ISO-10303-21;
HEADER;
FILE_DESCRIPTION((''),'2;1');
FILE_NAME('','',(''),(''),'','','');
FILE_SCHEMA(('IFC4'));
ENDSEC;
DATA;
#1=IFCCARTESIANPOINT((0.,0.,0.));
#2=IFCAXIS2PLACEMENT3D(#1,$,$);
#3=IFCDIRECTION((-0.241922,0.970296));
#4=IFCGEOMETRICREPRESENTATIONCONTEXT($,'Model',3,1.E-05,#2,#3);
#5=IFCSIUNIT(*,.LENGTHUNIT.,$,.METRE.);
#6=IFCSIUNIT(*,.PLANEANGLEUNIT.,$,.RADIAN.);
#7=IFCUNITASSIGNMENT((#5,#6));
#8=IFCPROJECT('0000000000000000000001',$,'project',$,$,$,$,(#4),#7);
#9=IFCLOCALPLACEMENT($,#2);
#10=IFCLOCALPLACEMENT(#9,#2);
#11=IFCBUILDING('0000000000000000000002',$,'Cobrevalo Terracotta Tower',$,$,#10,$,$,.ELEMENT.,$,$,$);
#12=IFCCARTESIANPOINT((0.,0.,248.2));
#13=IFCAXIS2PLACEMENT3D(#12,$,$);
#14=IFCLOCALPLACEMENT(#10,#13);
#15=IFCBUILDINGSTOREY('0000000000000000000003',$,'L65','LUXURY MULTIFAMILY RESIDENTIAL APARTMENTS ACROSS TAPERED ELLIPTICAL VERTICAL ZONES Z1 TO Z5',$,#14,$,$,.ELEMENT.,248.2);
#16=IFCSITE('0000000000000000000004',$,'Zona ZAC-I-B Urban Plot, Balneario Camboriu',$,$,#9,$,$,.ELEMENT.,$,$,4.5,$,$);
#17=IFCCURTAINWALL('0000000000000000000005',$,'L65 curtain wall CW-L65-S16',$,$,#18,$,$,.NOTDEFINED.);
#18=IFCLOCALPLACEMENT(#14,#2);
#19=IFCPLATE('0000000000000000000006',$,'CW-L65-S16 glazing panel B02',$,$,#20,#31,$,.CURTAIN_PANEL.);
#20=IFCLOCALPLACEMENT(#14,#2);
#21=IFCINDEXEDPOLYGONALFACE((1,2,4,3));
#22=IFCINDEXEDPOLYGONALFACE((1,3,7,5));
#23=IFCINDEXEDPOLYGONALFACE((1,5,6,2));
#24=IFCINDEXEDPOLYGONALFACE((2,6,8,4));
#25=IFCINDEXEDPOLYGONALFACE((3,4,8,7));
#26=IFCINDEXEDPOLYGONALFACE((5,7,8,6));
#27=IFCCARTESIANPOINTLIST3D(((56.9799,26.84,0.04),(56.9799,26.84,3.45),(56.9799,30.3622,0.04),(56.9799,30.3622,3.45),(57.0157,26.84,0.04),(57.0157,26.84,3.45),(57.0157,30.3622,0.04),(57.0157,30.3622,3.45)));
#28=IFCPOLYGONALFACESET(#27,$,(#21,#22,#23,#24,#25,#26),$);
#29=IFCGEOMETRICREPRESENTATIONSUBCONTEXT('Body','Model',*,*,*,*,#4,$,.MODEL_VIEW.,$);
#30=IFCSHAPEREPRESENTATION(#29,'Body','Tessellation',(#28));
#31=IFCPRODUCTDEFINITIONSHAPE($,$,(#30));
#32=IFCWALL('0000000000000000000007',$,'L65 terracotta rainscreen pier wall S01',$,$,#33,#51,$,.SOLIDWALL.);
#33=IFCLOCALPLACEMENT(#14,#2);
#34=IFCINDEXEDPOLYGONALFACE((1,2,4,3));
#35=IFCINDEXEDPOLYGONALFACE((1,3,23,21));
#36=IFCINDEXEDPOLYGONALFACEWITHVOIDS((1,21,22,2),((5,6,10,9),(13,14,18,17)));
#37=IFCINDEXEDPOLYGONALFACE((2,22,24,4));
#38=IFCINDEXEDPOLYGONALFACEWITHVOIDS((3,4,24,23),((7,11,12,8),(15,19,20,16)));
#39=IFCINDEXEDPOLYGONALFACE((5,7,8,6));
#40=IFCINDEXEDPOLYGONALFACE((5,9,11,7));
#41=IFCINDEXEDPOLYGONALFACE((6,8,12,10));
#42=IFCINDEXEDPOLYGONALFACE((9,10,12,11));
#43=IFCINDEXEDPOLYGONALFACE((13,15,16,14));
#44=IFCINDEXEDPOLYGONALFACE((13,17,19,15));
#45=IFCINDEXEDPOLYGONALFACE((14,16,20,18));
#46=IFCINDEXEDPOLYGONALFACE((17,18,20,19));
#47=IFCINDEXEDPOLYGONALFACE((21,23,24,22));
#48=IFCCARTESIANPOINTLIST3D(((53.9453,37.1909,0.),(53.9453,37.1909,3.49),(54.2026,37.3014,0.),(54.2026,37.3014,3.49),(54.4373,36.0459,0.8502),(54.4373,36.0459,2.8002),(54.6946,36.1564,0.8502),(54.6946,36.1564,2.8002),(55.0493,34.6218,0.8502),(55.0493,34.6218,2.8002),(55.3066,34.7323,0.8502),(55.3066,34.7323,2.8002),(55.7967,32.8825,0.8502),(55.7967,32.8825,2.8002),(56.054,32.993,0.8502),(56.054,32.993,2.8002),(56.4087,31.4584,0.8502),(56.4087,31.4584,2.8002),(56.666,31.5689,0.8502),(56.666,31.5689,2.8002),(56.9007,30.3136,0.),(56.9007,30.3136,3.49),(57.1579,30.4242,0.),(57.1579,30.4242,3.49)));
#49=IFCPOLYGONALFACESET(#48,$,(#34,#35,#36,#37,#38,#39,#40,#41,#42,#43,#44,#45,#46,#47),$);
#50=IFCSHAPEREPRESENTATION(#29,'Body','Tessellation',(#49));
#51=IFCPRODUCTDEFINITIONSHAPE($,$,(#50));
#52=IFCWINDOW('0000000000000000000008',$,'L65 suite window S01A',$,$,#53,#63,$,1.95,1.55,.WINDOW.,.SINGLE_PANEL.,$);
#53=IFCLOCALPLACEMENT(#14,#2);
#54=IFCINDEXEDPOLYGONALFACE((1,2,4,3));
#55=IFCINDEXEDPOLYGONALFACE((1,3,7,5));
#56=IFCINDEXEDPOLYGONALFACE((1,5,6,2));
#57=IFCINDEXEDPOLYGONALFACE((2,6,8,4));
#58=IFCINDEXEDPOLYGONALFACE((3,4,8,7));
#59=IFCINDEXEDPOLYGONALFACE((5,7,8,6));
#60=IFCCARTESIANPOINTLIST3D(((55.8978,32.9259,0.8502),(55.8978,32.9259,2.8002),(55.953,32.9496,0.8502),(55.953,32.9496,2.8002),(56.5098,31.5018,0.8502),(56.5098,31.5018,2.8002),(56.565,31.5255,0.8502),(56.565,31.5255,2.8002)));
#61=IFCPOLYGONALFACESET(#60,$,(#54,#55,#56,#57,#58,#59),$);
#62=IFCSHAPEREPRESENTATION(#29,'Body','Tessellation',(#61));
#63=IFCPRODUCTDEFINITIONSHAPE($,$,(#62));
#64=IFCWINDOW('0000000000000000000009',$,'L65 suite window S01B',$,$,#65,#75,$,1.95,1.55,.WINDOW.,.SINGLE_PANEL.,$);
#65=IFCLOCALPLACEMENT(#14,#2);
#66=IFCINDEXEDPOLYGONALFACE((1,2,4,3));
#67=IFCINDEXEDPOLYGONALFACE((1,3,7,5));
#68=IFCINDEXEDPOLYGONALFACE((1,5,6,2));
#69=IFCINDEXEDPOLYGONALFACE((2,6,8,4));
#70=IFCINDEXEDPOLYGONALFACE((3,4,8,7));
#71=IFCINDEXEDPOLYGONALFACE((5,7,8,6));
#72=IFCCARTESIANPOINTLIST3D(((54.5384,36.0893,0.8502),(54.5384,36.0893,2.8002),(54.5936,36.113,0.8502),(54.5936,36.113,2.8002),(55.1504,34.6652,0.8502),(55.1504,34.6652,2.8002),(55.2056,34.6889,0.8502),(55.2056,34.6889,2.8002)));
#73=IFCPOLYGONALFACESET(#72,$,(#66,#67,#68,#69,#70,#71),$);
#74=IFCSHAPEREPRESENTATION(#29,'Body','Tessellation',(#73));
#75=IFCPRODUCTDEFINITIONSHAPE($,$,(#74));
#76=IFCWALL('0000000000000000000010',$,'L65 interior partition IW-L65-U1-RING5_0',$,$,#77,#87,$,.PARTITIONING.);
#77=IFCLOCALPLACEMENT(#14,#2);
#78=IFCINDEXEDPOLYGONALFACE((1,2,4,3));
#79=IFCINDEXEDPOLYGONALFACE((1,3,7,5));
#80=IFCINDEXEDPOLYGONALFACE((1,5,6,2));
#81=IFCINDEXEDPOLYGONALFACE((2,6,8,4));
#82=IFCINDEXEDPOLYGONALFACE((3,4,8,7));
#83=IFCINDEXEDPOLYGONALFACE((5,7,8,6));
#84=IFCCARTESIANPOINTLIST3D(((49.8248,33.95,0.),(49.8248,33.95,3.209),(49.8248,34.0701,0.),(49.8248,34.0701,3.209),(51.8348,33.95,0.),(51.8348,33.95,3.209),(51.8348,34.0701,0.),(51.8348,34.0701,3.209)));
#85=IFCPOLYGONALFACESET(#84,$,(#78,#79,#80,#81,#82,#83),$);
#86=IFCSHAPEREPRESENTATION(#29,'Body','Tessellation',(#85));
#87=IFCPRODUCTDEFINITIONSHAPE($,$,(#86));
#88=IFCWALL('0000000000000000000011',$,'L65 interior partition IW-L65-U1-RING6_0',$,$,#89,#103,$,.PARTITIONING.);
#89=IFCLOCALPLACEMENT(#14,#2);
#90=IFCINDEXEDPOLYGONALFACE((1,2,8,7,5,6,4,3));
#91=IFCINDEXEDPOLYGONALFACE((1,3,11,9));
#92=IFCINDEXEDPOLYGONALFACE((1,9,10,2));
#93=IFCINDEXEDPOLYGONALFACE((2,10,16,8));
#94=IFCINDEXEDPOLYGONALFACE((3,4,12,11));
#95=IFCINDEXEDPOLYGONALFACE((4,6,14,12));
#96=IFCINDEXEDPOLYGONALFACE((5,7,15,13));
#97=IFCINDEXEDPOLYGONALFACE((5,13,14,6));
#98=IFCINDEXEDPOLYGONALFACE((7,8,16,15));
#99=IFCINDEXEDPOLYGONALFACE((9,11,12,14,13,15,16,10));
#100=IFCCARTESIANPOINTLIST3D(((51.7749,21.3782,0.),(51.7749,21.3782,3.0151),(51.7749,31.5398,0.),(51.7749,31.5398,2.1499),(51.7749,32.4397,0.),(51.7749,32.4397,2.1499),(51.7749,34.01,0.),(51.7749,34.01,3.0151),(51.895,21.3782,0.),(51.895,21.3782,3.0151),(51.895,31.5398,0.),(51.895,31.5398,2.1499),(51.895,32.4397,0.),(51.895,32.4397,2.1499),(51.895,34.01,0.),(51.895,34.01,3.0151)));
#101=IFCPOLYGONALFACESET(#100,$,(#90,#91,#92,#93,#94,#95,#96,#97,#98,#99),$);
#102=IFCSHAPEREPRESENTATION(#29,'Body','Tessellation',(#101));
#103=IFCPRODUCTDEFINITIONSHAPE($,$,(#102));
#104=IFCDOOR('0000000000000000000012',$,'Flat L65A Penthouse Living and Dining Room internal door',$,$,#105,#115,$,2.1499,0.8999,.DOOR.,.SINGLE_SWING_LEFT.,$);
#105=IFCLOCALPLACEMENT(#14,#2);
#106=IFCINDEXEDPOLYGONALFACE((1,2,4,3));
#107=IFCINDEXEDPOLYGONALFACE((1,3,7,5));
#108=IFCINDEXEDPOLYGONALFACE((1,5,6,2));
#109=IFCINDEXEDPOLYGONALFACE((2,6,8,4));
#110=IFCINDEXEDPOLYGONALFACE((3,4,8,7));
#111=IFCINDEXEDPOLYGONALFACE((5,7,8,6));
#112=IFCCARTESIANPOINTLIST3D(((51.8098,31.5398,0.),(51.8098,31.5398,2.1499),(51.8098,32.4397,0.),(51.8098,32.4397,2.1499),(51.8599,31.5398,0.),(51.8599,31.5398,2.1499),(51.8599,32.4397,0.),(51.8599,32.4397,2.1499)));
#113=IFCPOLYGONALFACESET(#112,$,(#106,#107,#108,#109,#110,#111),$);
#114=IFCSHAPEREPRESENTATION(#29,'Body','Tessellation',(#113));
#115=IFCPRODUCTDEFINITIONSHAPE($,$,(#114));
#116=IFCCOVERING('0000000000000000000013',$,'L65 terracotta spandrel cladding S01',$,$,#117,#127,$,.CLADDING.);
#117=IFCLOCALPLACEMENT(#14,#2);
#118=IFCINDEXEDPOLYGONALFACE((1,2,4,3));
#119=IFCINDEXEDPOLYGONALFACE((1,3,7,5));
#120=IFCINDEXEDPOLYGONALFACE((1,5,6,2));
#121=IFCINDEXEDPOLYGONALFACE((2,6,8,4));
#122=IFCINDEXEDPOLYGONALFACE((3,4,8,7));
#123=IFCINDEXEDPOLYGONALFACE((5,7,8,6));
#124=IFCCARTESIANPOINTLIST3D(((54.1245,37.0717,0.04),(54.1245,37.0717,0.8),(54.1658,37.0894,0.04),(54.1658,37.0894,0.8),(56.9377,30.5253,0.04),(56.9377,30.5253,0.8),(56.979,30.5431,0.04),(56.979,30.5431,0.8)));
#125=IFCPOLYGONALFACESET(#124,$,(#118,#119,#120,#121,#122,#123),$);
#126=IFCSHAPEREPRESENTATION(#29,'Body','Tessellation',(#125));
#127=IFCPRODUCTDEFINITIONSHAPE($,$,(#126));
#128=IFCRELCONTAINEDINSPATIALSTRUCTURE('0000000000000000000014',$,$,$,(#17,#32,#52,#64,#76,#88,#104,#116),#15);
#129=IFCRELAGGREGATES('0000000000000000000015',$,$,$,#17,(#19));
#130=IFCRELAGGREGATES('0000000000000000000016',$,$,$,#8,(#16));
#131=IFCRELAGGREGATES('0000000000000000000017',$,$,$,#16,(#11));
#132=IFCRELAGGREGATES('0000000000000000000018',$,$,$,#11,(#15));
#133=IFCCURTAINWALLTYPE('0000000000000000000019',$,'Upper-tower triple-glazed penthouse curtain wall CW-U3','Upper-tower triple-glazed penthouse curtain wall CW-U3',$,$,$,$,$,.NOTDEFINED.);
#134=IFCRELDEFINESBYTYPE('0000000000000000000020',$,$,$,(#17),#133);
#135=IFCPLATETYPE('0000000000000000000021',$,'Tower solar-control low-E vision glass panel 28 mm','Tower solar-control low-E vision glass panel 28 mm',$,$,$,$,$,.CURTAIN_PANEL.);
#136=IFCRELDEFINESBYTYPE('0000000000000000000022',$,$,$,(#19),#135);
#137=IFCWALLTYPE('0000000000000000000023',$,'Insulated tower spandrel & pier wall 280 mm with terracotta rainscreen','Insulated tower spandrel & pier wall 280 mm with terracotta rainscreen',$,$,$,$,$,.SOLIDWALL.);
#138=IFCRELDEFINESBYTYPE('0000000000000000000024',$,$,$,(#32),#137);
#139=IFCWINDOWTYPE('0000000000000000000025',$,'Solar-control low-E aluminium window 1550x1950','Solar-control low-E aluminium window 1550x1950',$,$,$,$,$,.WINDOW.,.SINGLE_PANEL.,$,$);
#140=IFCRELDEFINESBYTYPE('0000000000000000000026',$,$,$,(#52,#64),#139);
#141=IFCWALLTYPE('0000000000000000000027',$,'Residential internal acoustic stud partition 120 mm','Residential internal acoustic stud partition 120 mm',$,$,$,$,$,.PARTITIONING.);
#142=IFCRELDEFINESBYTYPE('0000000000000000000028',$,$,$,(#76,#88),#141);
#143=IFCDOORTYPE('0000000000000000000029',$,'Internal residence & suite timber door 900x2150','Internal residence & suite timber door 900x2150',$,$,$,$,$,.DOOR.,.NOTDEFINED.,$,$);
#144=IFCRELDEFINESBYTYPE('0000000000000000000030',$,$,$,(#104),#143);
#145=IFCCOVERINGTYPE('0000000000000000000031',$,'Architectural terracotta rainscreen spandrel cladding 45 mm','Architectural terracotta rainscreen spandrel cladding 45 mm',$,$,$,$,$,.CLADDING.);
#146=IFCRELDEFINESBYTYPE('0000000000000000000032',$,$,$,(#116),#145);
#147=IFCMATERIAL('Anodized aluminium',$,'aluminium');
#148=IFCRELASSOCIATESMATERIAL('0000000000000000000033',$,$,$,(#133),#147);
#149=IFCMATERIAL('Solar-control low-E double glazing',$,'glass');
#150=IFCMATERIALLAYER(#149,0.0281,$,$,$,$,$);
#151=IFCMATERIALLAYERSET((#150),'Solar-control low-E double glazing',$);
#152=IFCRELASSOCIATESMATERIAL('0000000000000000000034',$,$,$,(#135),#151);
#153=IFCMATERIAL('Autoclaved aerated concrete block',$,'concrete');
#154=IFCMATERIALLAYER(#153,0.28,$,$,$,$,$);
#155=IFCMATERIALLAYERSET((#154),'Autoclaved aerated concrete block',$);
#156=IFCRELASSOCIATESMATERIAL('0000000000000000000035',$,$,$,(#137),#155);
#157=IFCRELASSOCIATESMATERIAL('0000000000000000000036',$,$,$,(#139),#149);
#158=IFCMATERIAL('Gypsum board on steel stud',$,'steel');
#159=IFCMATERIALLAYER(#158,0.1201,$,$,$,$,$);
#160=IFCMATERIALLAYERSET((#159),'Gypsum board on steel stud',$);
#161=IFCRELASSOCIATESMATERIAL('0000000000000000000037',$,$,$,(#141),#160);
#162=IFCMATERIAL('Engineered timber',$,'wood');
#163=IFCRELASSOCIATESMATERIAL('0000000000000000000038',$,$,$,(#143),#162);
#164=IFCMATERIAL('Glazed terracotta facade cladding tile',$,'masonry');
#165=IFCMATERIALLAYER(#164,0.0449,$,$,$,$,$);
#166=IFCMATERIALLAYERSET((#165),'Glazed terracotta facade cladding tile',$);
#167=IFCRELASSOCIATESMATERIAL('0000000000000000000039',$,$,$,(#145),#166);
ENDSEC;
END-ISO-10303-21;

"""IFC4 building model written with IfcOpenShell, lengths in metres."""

from ifc_helpers import new_model, si_unit, direction, frame, frame_2d, origin, origin_2d, place, context, subcontext, project, spatial, rectangle, extrude, source, transform, mapped, material, layer, layer_set, type_object, element, fill, aggregate, save


model = new_model("IFC4")

# Units and contexts
model_context = context("Model", 3, precision=1e-05, world=origin(), true_north=direction((-0.241922, 0.970296)))
body_context = subcontext(model_context, "Body", "Model", "MODEL_VIEW")
ifc_project = project(units=[si_unit("LENGTHUNIT", "METRE"), si_unit("PLANEANGLEUNIT", "RADIAN")], contexts=[model_context])

# Site, building, storey
site_placement = place(None, origin())
site = spatial("IfcSite", under=ifc_project, at=site_placement, Name="Zona ZAC-I-B Urban Plot, Balneario Camboriu", CompositionType="ELEMENT", RefElevation=4.5)
building_placement = place(site_placement, origin())
building = spatial("IfcBuilding", under=site, at=building_placement, Name="Cobrevalo Terracotta Tower", CompositionType="ELEMENT")
storey_placement = place(building_placement, frame((0.0, 0.0, 248.2)))
storey = spatial("IfcBuildingStorey", under=building, at=storey_placement, Name="L65", Description="LUXURY MULTIFAMILY RESIDENTIAL APARTMENTS ACROSS TAPERED ELLIPTICAL VERTICAL ZONES Z1 TO Z5", CompositionType="ELEMENT", Elevation=248.2)

# Curtain wall, plate
ifc_material_1 = material(Name="Anodized aluminium", Category="aluminium")
curtain_wall_type = type_object("IfcCurtainWallType", Name="Upper-tower triple-glazed penthouse curtain wall CW-U3", Description="Upper-tower triple-glazed penthouse curtain wall CW-U3", PredefinedType="NOTDEFINED", material=ifc_material_1)
curtain_wall_placement = place(storey_placement, origin())
curtain_wall = element("IfcCurtainWall", 1, at=curtain_wall_placement, inside=storey, type_object=curtain_wall_type, Name="L65 curtain wall CW-L65-S16", PredefinedType="NOTDEFINED")
ifc_material_2 = material(Name="Solar-control low-E double glazing", Category="glass")
ifc_layer_1 = layer(ifc_material_2, 0.0281)
ifc_layer_set_1 = layer_set([ifc_layer_1], Name="Solar-control low-E double glazing")
plate_type = type_object("IfcPlateType", Name="Tower solar-control low-E vision glass panel 28 mm", Description="Tower solar-control low-E vision glass panel 28 mm", PredefinedType="CURTAIN_PANEL", material=ifc_layer_set_1)
shared_shape_1 = source(origin(), body_context, "Body", "SweptSolid", [
    extrude(rectangle(XDim=3.5222, YDim=0.0359, at=origin_2d()), origin(), (0.0, 0.0, 1.0), 3.4099),
])
plate_1_placement = place(storey_placement, frame((56.9978, 28.6011, 0.04), z_axis=(0.0, 0.0, 1.0), x_axis=(0.0, 1.0, 0.0)))
plate_1 = element("IfcPlate", 2, at=plate_1_placement, type_object=plate_type, Name="CW-L65-S16 glazing panel B02", PredefinedType="CURTAIN_PANEL", context=body_context, shape_type="MappedRepresentation", body=[
    mapped(shared_shape_1, transform((0.0, 0.0, 0.0), scale=1.0)),
])
aggregate(curtain_wall, [plate_1])

# Wall, openings, windows
ifc_material_3 = material(Name="Autoclaved aerated concrete block", Category="concrete")
ifc_layer_2 = layer(ifc_material_3, 0.28)
ifc_layer_set_2 = layer_set([ifc_layer_2], Name="Autoclaved aerated concrete block")
wall_type_1 = type_object("IfcWallType", Name="Insulated tower spandrel & pier wall 280 mm with terracotta rainscreen", Description="Insulated tower spandrel & pier wall 280 mm with terracotta rainscreen", PredefinedType="SOLIDWALL", material=ifc_layer_set_2)
wall_1_placement = place(storey_placement, frame((57.0293, 30.3689, 0.0), z_axis=(0.0, 0.0, 1.0), x_axis=(-0.394817, 0.91876, 0.0)))
wall_1 = element("IfcWall", 3, at=wall_1_placement, inside=storey, type_object=wall_type_1, Name="L65 terracotta rainscreen pier wall S01", PredefinedType="SOLIDWALL", context=body_context, shape_type="SweptSolid", body=[
    extrude(rectangle(XDim=7.4854, YDim=0.28, at=frame_2d((3.7427, 0.0))), origin(), (0.0, 0.0, 1.0), 3.49),
])
opening_1_placement = place(wall_1_placement, frame((1.2461, 0.0, 0.8501)))
opening_1 = element("IfcOpeningElement", 4, at=opening_1_placement, cuts=wall_1, PredefinedType="OPENING", context=body_context, shape_type="SweptSolid", body=[
    extrude(rectangle(XDim=1.55, YDim=1.95, at=frame_2d((0.7749, 0.9751))), frame((0.0, 0.1499, 0.0), z_axis=(0.0, -1.0, 0.0), x_axis=(1.0, 0.0, 0.0)), (0.0, 0.0, 1.0), 0.3),
])
opening_2_placement = place(wall_1_placement, frame((4.6892, 0.0, 0.8501)))
opening_2 = element("IfcOpeningElement", 5, at=opening_2_placement, cuts=wall_1, PredefinedType="OPENING", context=body_context, shape_type="SweptSolid", body=[
    extrude(rectangle(XDim=1.55, YDim=1.95, at=frame_2d((0.7749, 0.9751))), frame((0.0, 0.1499, 0.0), z_axis=(0.0, -1.0, 0.0), x_axis=(1.0, 0.0, 0.0)), (0.0, 0.0, 1.0), 0.3),
])
window_type = type_object("IfcWindowType", Name="Solar-control low-E aluminium window 1550x1950", Description="Solar-control low-E aluminium window 1550x1950", PartitioningType="SINGLE_PANEL", PredefinedType="WINDOW", material=ifc_material_2)
shared_shape_2 = source(origin(), body_context, "Body", "SweptSolid", [
    extrude(rectangle(XDim=1.55, YDim=1.95, at=frame_2d((0.7749, 0.9751))), frame((0.0, 0.03, 0.0), z_axis=(0.0, -1.0, 0.0), x_axis=(1.0, 0.0, 0.0)), (0.0, 0.0, 1.0), 0.0601),
])
window_1_placement = place(opening_1_placement, origin())
window_1 = element("IfcWindow", 6, at=window_1_placement, inside=storey, type_object=window_type, Name="L65 suite window S01A", OverallHeight=1.95, OverallWidth=1.55, PartitioningType="SINGLE_PANEL", PredefinedType="WINDOW", context=body_context, shape_type="MappedRepresentation", body=[
    mapped(shared_shape_2, transform((0.0, 0.0, 0.0), scale=1.0)),
])
fill(opening_1, window_1)
window_2_placement = place(opening_2_placement, origin())
window_2 = element("IfcWindow", 7, at=window_2_placement, inside=storey, type_object=window_type, Name="L65 suite window S01B", OverallHeight=1.95, OverallWidth=1.55, PartitioningType="SINGLE_PANEL", PredefinedType="WINDOW", context=body_context, shape_type="MappedRepresentation", body=[
    mapped(shared_shape_2, transform((0.0, 0.0, 0.0), scale=1.0)),
])
fill(opening_2, window_2)

# Wall
ifc_material_4 = material(Name="Gypsum board on steel stud", Category="steel")
ifc_layer_3 = layer(ifc_material_4, 0.1201)
ifc_layer_set_3 = layer_set([ifc_layer_3], Name="Gypsum board on steel stud")
wall_type_2 = type_object("IfcWallType", Name="Residential internal acoustic stud partition 120 mm", Description="Residential internal acoustic stud partition 120 mm", PredefinedType="PARTITIONING", material=ifc_layer_set_3)
wall_2_placement = place(storey_placement, frame((49.825, 34.01, 0.0), z_axis=(0.0, 0.0, 1.0), x_axis=(1.0, 0.0, 0.0)))
element("IfcWall", 8, at=wall_2_placement, inside=storey, type_object=wall_type_2, Name="L65 interior partition IW-L65-U1-RING5_0", PredefinedType="PARTITIONING", context=body_context, shape_type="SweptSolid", body=[
    extrude(rectangle(XDim=2.01, YDim=0.1201, at=frame_2d((1.0049, 0.0))), origin(), (0.0, 0.0, 1.0), 3.209),
])

# Wall, opening, door
wall_3_placement = place(storey_placement, frame((51.835, 34.01, 0.0), z_axis=(0.0, 0.0, 1.0), x_axis=(0.0, -1.0, 0.0)))
wall_3 = element("IfcWall", 9, at=wall_3_placement, inside=storey, type_object=wall_type_2, Name="L65 interior partition IW-L65-U1-RING6_0", PredefinedType="PARTITIONING", context=body_context, shape_type="SweptSolid", body=[
    extrude(rectangle(XDim=12.6318, YDim=0.1201, at=frame_2d((6.3159, 0.0))), origin(), (0.0, 0.0, 1.0), 3.0151),
])
opening_3_placement = place(wall_3_placement, frame((1.5703, 0.0, 0.0)))
opening_3 = element("IfcOpeningElement", 10, at=opening_3_placement, cuts=wall_3, PredefinedType="OPENING", context=body_context, shape_type="SweptSolid", body=[
    extrude(rectangle(XDim=0.8999, YDim=2.1499, at=frame_2d((0.45, 1.075))), frame((0.0, 0.0701, 0.0), z_axis=(0.0, -1.0, 0.0), x_axis=(1.0, 0.0, 0.0)), (0.0, 0.0, 1.0), 0.1401),
])
ifc_material_5 = material(Name="Engineered timber", Category="wood")
door_type_1 = type_object("IfcDoorType", Name="Internal residence & suite timber door 900x2150", Description="Internal residence & suite timber door 900x2150", OperationType="NOTDEFINED", PredefinedType="DOOR", material=ifc_material_5)
shared_shape_3 = source(origin(), body_context, "Body", "SweptSolid", [
    extrude(rectangle(XDim=0.8999, YDim=2.1499, at=frame_2d((0.45, 1.075))), frame((0.0, 0.0249, 0.0), z_axis=(0.0, -1.0, 0.0), x_axis=(1.0, 0.0, 0.0)), (0.0, 0.0, 1.0), 0.05),
])
door_1_placement = place(opening_3_placement, origin())
door_1 = element("IfcDoor", 11, at=door_1_placement, inside=storey, type_object=door_type_1, Name="Flat L65A Penthouse Living and Dining Room internal door", OperationType="SINGLE_SWING_LEFT", OverallHeight=2.1499, OverallWidth=0.8999, PredefinedType="DOOR", context=body_context, shape_type="MappedRepresentation", body=[
    mapped(shared_shape_3, transform((0.0, 0.0, 0.0), scale=1.0)),
])
fill(opening_3, door_1)

# Covering
ifc_material_6 = material(Name="Glazed terracotta facade cladding tile", Category="masonry")
ifc_layer_4 = layer(ifc_material_6, 0.0449)
ifc_layer_set_4 = layer_set([ifc_layer_4], Name="Glazed terracotta facade cladding tile")
covering_type = type_object("IfcCoveringType", Name="Architectural terracotta rainscreen spandrel cladding 45 mm", Description="Architectural terracotta rainscreen spandrel cladding 45 mm", PredefinedType="CLADDING", material=ifc_layer_set_4)
shared_shape_4 = source(origin(), body_context, "Body", "SweptSolid", [
    extrude(rectangle(XDim=7.1252, YDim=0.0449, at=origin_2d()), origin(), (0.0, 0.0, 1.0), 0.76),
])
covering_placement = place(storey_placement, frame((55.5518, 33.8074, 0.04), z_axis=(0.0, 0.0, 1.0), x_axis=(-0.394829, 0.918755, 0.0)))
element("IfcCovering", 12, at=covering_placement, inside=storey, type_object=covering_type, Name="L65 terracotta spandrel cladding S01", PredefinedType="CLADDING", context=body_context, shape_type="MappedRepresentation", body=[
    mapped(shared_shape_4, transform((0.0, 0.0, 0.0), scale=1.0)),
])

save(model, "model.ifc")
